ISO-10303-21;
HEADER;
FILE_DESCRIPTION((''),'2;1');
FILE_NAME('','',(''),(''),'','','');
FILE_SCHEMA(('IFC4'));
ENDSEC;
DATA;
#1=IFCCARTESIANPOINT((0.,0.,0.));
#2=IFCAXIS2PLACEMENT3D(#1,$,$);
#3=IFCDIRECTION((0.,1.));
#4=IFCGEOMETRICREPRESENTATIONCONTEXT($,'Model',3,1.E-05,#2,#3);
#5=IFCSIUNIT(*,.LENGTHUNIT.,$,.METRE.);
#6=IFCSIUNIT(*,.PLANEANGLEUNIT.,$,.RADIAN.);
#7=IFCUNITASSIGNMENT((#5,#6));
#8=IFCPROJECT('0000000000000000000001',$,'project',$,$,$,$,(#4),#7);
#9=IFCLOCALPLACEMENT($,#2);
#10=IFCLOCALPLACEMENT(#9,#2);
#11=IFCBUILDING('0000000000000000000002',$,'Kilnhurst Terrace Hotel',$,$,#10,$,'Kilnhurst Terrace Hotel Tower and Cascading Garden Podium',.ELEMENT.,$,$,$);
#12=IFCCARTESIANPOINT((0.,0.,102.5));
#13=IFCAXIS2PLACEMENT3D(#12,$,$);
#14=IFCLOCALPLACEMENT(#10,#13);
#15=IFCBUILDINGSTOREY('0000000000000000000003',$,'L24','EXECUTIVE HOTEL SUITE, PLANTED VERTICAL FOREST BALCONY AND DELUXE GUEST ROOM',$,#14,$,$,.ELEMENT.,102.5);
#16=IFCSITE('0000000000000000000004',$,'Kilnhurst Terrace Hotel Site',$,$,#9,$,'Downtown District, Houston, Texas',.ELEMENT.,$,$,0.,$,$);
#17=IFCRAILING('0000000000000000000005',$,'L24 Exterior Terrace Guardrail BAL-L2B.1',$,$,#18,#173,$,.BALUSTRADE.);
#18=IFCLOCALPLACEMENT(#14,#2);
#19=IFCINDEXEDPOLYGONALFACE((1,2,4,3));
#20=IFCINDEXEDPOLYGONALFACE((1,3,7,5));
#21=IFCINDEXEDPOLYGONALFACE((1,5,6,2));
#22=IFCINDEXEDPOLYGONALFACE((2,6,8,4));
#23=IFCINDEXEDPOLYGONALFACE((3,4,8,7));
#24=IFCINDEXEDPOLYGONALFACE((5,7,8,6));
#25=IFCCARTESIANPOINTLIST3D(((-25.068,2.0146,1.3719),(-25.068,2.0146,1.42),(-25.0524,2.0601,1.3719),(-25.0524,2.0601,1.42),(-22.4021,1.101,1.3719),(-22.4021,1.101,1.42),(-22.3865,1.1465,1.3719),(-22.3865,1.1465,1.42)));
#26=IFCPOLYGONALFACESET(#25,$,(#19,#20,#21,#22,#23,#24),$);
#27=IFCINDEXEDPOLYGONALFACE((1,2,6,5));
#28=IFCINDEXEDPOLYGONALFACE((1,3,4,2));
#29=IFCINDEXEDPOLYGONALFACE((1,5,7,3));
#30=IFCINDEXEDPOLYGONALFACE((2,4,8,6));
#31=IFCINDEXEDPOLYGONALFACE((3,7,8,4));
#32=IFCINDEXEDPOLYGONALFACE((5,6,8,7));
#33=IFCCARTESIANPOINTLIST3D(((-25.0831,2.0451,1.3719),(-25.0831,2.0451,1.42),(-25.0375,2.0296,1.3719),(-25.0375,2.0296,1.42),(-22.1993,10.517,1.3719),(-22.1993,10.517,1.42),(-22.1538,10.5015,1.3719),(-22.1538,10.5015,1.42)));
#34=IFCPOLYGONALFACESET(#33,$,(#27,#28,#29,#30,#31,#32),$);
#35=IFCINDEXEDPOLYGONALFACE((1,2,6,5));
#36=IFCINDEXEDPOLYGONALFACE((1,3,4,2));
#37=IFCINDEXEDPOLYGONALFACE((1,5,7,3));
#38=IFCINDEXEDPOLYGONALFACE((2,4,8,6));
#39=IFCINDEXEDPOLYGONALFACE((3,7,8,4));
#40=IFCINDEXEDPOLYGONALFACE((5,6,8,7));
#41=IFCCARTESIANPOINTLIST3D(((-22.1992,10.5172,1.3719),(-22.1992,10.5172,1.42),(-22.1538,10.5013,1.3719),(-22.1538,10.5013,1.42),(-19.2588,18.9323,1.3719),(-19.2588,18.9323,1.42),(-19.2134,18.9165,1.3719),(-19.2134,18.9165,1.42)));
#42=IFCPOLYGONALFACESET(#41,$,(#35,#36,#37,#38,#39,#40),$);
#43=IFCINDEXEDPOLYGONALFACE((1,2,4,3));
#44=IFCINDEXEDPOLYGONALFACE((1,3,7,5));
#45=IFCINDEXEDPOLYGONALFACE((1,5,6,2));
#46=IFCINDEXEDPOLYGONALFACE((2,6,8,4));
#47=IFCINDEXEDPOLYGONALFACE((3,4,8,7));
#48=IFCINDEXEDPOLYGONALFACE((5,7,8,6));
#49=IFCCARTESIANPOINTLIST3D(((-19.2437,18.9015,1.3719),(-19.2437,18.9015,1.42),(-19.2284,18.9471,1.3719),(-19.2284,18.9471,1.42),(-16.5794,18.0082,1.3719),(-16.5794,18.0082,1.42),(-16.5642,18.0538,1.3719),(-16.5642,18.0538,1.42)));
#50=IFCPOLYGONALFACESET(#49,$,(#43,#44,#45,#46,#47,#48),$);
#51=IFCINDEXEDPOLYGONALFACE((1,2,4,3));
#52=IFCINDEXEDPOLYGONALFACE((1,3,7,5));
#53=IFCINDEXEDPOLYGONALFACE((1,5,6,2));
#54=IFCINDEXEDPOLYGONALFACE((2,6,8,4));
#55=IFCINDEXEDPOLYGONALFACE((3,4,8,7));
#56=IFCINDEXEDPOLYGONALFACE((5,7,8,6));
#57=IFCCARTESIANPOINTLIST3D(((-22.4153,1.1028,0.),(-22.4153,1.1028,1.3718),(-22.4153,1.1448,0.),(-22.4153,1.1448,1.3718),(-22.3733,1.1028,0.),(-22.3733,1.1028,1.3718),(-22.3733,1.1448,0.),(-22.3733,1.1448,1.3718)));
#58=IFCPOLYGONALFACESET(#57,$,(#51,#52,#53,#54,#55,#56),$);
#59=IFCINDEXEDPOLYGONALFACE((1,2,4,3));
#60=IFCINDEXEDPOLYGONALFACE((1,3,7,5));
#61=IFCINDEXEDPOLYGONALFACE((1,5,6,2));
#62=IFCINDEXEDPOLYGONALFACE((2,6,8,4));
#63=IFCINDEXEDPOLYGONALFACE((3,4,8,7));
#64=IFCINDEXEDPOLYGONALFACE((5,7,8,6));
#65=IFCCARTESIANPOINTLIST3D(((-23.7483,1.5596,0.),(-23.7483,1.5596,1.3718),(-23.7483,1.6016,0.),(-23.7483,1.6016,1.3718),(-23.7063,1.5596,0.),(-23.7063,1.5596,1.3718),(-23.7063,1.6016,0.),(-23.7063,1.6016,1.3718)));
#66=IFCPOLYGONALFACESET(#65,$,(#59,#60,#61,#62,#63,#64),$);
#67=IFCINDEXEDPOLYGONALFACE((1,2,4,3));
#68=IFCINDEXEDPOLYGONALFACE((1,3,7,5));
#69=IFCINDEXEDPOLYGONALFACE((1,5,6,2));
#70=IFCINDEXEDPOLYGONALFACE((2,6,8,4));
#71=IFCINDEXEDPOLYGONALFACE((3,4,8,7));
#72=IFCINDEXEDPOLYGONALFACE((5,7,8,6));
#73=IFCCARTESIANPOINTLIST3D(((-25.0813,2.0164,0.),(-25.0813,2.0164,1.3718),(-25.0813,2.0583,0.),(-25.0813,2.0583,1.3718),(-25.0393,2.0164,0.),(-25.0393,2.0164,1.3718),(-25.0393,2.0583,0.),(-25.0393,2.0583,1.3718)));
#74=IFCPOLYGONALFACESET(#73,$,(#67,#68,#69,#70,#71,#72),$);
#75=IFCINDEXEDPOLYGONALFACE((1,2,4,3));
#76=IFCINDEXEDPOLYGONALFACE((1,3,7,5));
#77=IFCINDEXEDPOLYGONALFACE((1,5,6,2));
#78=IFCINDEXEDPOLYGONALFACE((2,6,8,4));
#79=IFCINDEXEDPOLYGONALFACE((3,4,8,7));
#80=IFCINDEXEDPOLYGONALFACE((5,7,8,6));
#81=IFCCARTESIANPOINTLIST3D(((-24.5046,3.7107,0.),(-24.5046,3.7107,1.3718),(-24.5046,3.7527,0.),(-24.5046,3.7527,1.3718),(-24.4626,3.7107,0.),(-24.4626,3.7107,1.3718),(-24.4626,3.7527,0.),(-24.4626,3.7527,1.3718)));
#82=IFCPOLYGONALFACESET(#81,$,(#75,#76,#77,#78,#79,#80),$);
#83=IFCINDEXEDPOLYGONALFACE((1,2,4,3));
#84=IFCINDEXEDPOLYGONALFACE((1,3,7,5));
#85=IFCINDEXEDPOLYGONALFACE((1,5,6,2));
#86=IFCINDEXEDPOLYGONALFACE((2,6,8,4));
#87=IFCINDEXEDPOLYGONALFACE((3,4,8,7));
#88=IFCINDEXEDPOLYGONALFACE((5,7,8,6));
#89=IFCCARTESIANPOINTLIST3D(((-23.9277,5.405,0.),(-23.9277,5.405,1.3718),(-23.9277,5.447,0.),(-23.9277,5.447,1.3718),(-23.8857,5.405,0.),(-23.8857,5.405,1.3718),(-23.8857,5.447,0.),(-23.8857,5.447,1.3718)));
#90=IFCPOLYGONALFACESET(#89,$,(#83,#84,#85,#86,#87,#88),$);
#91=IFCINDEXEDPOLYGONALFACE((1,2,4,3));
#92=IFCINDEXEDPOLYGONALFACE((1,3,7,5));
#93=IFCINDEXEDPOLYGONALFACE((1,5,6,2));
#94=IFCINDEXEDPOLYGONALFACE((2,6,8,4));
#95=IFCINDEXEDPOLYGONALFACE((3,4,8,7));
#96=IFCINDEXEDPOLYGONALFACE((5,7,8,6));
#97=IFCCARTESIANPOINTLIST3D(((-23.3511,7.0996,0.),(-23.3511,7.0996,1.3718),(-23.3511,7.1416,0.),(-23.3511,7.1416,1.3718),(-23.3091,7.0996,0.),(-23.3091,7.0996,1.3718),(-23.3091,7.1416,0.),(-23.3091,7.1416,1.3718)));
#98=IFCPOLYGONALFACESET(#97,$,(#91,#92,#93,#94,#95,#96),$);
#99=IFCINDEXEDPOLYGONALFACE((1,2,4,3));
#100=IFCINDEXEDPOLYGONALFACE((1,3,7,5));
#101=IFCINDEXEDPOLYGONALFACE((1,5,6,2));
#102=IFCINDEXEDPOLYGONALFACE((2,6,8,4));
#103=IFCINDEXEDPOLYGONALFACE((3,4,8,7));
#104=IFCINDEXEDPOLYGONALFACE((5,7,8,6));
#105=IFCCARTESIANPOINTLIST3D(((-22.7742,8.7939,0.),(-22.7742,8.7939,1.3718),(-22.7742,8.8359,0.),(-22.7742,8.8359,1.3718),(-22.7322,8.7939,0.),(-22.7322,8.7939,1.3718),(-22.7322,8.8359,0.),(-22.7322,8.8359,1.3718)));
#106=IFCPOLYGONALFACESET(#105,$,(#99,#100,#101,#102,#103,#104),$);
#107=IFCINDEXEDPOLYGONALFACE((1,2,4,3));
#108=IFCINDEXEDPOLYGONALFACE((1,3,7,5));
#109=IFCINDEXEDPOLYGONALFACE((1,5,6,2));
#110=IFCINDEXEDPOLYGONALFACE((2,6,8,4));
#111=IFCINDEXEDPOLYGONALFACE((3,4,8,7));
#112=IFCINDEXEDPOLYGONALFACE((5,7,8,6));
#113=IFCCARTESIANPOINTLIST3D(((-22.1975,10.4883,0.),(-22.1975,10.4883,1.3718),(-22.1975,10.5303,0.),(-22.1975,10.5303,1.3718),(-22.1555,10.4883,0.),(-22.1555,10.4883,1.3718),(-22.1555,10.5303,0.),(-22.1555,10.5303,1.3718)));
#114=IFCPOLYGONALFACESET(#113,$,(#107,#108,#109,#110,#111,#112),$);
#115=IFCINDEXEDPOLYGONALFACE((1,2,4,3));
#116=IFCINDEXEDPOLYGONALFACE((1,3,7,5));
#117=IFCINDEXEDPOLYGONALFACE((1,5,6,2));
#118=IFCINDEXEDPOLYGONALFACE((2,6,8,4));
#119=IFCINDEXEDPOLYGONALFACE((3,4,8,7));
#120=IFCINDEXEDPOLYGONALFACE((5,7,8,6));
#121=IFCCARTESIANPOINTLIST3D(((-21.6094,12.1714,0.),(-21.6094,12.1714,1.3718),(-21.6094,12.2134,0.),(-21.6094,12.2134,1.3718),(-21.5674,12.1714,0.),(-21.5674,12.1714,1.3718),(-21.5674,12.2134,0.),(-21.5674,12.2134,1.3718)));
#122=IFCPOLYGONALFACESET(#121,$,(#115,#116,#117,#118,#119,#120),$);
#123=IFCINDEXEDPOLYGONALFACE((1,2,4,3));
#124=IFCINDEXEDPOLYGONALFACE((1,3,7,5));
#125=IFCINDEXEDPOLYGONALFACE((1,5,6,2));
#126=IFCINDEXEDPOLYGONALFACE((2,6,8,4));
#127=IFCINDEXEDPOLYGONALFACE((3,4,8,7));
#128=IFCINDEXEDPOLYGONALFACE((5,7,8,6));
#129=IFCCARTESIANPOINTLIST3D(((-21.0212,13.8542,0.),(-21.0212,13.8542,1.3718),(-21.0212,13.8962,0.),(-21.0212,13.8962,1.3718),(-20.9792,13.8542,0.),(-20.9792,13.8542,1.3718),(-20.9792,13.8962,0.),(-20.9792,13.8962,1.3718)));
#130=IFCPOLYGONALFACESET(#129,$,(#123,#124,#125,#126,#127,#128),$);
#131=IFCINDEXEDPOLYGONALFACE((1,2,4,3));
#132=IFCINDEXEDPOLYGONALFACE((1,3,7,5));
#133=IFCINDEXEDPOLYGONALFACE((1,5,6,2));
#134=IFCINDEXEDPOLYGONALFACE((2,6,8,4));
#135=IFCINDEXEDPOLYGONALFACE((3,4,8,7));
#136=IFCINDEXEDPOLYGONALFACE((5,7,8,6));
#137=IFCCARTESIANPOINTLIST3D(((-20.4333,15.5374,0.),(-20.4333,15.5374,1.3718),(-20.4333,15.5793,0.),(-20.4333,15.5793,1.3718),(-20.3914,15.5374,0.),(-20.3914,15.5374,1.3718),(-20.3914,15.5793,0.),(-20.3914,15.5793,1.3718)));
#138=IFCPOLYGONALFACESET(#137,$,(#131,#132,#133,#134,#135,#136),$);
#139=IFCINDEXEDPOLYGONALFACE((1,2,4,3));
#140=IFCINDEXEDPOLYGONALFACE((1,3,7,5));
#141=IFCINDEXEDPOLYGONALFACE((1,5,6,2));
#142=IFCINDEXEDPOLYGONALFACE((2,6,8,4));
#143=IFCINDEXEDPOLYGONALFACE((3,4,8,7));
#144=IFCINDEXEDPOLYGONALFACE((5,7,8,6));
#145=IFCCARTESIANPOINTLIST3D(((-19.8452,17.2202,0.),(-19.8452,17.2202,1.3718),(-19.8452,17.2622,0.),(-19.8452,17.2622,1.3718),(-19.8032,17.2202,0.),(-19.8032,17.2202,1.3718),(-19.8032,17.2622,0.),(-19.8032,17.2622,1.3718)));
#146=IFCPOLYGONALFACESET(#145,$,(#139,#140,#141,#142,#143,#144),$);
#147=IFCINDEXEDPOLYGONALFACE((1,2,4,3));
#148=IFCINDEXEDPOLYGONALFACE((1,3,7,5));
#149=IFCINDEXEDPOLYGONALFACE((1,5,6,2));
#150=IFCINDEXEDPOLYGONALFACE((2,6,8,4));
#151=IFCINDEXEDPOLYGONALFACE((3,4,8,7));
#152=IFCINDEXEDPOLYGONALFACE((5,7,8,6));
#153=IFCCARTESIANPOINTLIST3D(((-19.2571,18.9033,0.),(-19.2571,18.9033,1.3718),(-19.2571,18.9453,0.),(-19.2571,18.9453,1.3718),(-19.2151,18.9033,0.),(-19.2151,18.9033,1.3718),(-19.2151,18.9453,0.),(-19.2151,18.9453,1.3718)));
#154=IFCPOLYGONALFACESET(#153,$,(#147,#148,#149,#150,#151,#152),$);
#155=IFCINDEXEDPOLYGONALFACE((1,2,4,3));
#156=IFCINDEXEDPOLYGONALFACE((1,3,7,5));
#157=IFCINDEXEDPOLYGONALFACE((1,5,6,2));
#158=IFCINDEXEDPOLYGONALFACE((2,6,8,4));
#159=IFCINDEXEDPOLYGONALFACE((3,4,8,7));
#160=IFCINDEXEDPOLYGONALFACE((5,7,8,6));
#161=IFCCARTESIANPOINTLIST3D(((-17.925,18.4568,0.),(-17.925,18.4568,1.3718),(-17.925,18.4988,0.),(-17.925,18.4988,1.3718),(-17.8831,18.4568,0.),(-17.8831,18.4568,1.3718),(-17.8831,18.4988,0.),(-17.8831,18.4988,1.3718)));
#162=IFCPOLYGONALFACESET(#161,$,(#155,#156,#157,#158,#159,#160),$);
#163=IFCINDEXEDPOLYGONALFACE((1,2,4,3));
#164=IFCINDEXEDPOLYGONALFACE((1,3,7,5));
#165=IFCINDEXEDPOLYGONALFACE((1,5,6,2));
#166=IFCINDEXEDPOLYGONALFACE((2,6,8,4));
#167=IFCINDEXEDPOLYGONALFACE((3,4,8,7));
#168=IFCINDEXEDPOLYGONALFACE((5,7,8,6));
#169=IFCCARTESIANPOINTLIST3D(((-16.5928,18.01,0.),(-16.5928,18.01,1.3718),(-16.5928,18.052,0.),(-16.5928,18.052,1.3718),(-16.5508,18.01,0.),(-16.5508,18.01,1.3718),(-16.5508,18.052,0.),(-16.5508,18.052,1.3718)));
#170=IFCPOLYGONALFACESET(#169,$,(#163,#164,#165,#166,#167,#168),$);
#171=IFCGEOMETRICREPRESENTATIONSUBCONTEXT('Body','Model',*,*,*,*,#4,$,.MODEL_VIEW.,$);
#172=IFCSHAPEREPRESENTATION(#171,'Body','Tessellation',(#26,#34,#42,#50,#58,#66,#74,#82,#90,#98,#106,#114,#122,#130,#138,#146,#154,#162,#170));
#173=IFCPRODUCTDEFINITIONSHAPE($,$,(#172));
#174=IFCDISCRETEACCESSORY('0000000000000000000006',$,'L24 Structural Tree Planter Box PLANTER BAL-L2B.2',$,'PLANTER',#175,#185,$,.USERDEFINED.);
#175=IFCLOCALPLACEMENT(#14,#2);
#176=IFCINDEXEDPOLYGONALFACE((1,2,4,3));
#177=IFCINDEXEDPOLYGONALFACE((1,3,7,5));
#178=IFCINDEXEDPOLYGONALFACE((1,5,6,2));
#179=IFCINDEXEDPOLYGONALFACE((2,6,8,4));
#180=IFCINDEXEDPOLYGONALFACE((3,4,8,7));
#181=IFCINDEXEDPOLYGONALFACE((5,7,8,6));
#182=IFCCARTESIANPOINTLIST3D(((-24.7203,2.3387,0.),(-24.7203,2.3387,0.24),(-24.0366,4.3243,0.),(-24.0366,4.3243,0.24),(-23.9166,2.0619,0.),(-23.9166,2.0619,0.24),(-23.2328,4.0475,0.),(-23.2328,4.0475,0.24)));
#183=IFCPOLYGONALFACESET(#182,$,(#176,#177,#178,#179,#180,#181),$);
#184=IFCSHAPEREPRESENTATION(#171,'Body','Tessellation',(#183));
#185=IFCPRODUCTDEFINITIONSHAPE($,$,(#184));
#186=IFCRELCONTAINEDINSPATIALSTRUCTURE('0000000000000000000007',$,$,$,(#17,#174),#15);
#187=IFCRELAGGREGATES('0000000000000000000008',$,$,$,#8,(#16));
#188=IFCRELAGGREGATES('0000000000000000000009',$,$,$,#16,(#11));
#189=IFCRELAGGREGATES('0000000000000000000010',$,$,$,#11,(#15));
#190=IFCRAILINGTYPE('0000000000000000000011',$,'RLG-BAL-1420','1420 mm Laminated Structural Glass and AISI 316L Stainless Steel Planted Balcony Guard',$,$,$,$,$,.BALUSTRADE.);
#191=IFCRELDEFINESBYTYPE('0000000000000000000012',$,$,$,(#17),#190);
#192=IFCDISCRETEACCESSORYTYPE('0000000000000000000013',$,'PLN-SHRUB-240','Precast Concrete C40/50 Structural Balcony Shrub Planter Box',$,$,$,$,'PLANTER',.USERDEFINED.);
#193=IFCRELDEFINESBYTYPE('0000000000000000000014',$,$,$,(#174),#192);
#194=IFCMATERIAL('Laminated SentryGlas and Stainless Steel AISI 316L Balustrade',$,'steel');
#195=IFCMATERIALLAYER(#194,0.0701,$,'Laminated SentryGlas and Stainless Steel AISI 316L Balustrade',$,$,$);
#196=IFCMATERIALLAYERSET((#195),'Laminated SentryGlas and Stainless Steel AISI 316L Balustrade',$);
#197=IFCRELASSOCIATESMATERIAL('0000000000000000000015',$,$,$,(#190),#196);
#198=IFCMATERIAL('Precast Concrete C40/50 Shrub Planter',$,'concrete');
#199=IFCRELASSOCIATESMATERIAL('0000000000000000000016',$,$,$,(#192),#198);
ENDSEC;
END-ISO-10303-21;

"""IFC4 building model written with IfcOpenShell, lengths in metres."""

from ifc_helpers import new_model, si_unit, direction, frame, origin, origin_2d, place, context, subcontext, project, spatial, rectangle, extrude, material, layer, layer_set, type_object, element, save


model = new_model("IFC4")

# Units and contexts
model_context = context("Model", 3, precision=1e-05, world=origin(), true_north=direction((0.0, 1.0)))
body_context = subcontext(model_context, "Body", "Model", "MODEL_VIEW")
ifc_project = project(units=[si_unit("LENGTHUNIT", "METRE"), si_unit("PLANEANGLEUNIT", "RADIAN")], contexts=[model_context])

# Site, building, storey
site_placement = place(None, origin())
site = spatial("IfcSite", under=ifc_project, at=site_placement, Name="Kilnhurst Terrace Hotel Site", LongName="Downtown District, Houston, Texas", CompositionType="ELEMENT", RefElevation=0.0)
building_placement = place(site_placement, origin())
building = spatial("IfcBuilding", under=site, at=building_placement, Name="Kilnhurst Terrace Hotel", LongName="Kilnhurst Terrace Hotel Tower and Cascading Garden Podium", CompositionType="ELEMENT")
storey_placement = place(building_placement, frame((0.0, 0.0, 102.5)))
storey = spatial("IfcBuildingStorey", under=building, at=storey_placement, Name="L24", Description="EXECUTIVE HOTEL SUITE, PLANTED VERTICAL FOREST BALCONY AND DELUXE GUEST ROOM", CompositionType="ELEMENT", Elevation=102.5)

# Railing
ifc_material_1 = material(Name="Laminated SentryGlas and Stainless Steel AISI 316L Balustrade", Category="steel")
ifc_layer_1 = layer(ifc_material_1, 0.0701, Name="Laminated SentryGlas and Stainless Steel AISI 316L Balustrade")
ifc_layer_set_1 = layer_set([ifc_layer_1], Name="Laminated SentryGlas and Stainless Steel AISI 316L Balustrade")
railing_type = type_object("IfcRailingType", Name="RLG-BAL-1420", Description="1420 mm Laminated Structural Glass and AISI 316L Stainless Steel Planted Balcony Guard", PredefinedType="BALUSTRADE", material=ifc_layer_set_1)
railing_placement = place(storey_placement, frame((-22.3943, 1.1238, 0.0)))
element("IfcRailing", 1, at=railing_placement, inside=storey, type_object=railing_type, Name="L24 Exterior Terrace Guardrail BAL-L2B.1", PredefinedType="BALUSTRADE", context=body_context, shape_type="SweptSolid", body=[
    extrude(rectangle(XDim=0.0481, YDim=0.0481, at=origin_2d()), frame((0.0, 0.0, 1.396), z_axis=(-0.945999, 0.324169, 0.0), x_axis=(-0.324169, -0.945999, 0.0)), (0.0, 0.0, 1.0), 2.8181),
    extrude(rectangle(XDim=0.0481, YDim=0.0481, at=origin_2d()), frame((-2.666, 0.9136, 1.396), z_axis=(0.322237, 0.946659, 0.0), x_axis=(-0.946659, 0.322237, 0.0)), (0.0, 0.0, 1.0), 8.9492),
    extrude(rectangle(XDim=0.0481, YDim=0.0481, at=origin_2d()), frame((0.2178, 9.3855, 1.396), z_axis=(0.329867, 0.944027, 0.0), x_axis=(-0.944027, 0.329867, 0.0)), (0.0, 0.0, 1.0), 8.9141),
    extrude(rectangle(XDim=0.0481, YDim=0.0481, at=origin_2d()), frame((3.1582, 17.8005, 1.396), z_axis=(0.948126, -0.317895, 0.0), x_axis=(0.317895, 0.948126, 0.0)), (0.0, 0.0, 1.0), 2.8101),
    extrude(rectangle(XDim=0.042, YDim=0.042, at=origin_2d()), origin(), (0.0, 0.0, 1.0), 1.3718),
    extrude(rectangle(XDim=0.042, YDim=0.042, at=origin_2d()), frame((-1.333, 0.4568, 0.0)), (0.0, 0.0, 1.0), 1.3718),
    extrude(rectangle(XDim=0.042, YDim=0.042, at=origin_2d()), frame((-2.666, 0.9136, 0.0)), (0.0, 0.0, 1.0), 1.3718),
    extrude(rectangle(XDim=0.042, YDim=0.042, at=origin_2d()), frame((-2.0894, 2.6079, 0.0)), (0.0, 0.0, 1.0), 1.3718),
    extrude(rectangle(XDim=0.042, YDim=0.042, at=origin_2d()), frame((-1.5125, 4.3022, 0.0)), (0.0, 0.0, 1.0), 1.3718),
    extrude(rectangle(XDim=0.042, YDim=0.042, at=origin_2d()), frame((-0.9358, 5.9968, 0.0)), (0.0, 0.0, 1.0), 1.3718),
    extrude(rectangle(XDim=0.042, YDim=0.042, at=origin_2d()), frame((-0.3589, 7.6912, 0.0)), (0.0, 0.0, 1.0), 1.3718),
    extrude(rectangle(XDim=0.042, YDim=0.042, at=origin_2d()), frame((0.2178, 9.3855, 0.0)), (0.0, 0.0, 1.0), 1.3718),
    extrude(rectangle(XDim=0.042, YDim=0.042, at=origin_2d()), frame((0.8059, 11.0686, 0.0)), (0.0, 0.0, 1.0), 1.3718),
    extrude(rectangle(XDim=0.042, YDim=0.042, at=origin_2d()), frame((1.394, 12.7515, 0.0)), (0.0, 0.0, 1.0), 1.3718),
    extrude(rectangle(XDim=0.042, YDim=0.042, at=origin_2d()), frame((1.9819, 14.4346, 0.0)), (0.0, 0.0, 1.0), 1.3718),
    extrude(rectangle(XDim=0.042, YDim=0.042, at=origin_2d()), frame((2.5701, 16.1174, 0.0)), (0.0, 0.0, 1.0), 1.3718),
    extrude(rectangle(XDim=0.042, YDim=0.042, at=origin_2d()), frame((3.1582, 17.8005, 0.0)), (0.0, 0.0, 1.0), 1.3718),
    extrude(rectangle(XDim=0.042, YDim=0.042, at=origin_2d()), frame((4.4902, 17.354, 0.0)), (0.0, 0.0, 1.0), 1.3718),
    extrude(rectangle(XDim=0.042, YDim=0.042, at=origin_2d()), frame((5.8225, 16.9072, 0.0)), (0.0, 0.0, 1.0), 1.3718),
])

# Discrete accessory
ifc_material_2 = material(Name="Precast Concrete C40/50 Shrub Planter", Category="concrete")
discrete_accessory_type = type_object("IfcDiscreteAccessoryType", Name="PLN-SHRUB-240", Description="Precast Concrete C40/50 Structural Balcony Shrub Planter Box", ElementType="PLANTER", PredefinedType="USERDEFINED", material=ifc_material_2)
discrete_accessory_placement = place(storey_placement, frame((-23.9766, 3.1931, 0.0), z_axis=(0.0, 0.0, 1.0), x_axis=(-0.325601, -0.945507, 0.0)))
element("IfcDiscreteAccessory", 2, at=discrete_accessory_placement, inside=storey, type_object=discrete_accessory_type, Name="L24 Structural Tree Planter Box PLANTER BAL-L2B.2", ObjectType="PLANTER", PredefinedType="USERDEFINED", context=body_context, shape_type="SweptSolid", body=[
    extrude(rectangle(XDim=2.1001, YDim=0.8501, at=origin_2d()), origin(), (0.0, 0.0, 1.0), 0.24),
])

save(model, "model.ifc")
